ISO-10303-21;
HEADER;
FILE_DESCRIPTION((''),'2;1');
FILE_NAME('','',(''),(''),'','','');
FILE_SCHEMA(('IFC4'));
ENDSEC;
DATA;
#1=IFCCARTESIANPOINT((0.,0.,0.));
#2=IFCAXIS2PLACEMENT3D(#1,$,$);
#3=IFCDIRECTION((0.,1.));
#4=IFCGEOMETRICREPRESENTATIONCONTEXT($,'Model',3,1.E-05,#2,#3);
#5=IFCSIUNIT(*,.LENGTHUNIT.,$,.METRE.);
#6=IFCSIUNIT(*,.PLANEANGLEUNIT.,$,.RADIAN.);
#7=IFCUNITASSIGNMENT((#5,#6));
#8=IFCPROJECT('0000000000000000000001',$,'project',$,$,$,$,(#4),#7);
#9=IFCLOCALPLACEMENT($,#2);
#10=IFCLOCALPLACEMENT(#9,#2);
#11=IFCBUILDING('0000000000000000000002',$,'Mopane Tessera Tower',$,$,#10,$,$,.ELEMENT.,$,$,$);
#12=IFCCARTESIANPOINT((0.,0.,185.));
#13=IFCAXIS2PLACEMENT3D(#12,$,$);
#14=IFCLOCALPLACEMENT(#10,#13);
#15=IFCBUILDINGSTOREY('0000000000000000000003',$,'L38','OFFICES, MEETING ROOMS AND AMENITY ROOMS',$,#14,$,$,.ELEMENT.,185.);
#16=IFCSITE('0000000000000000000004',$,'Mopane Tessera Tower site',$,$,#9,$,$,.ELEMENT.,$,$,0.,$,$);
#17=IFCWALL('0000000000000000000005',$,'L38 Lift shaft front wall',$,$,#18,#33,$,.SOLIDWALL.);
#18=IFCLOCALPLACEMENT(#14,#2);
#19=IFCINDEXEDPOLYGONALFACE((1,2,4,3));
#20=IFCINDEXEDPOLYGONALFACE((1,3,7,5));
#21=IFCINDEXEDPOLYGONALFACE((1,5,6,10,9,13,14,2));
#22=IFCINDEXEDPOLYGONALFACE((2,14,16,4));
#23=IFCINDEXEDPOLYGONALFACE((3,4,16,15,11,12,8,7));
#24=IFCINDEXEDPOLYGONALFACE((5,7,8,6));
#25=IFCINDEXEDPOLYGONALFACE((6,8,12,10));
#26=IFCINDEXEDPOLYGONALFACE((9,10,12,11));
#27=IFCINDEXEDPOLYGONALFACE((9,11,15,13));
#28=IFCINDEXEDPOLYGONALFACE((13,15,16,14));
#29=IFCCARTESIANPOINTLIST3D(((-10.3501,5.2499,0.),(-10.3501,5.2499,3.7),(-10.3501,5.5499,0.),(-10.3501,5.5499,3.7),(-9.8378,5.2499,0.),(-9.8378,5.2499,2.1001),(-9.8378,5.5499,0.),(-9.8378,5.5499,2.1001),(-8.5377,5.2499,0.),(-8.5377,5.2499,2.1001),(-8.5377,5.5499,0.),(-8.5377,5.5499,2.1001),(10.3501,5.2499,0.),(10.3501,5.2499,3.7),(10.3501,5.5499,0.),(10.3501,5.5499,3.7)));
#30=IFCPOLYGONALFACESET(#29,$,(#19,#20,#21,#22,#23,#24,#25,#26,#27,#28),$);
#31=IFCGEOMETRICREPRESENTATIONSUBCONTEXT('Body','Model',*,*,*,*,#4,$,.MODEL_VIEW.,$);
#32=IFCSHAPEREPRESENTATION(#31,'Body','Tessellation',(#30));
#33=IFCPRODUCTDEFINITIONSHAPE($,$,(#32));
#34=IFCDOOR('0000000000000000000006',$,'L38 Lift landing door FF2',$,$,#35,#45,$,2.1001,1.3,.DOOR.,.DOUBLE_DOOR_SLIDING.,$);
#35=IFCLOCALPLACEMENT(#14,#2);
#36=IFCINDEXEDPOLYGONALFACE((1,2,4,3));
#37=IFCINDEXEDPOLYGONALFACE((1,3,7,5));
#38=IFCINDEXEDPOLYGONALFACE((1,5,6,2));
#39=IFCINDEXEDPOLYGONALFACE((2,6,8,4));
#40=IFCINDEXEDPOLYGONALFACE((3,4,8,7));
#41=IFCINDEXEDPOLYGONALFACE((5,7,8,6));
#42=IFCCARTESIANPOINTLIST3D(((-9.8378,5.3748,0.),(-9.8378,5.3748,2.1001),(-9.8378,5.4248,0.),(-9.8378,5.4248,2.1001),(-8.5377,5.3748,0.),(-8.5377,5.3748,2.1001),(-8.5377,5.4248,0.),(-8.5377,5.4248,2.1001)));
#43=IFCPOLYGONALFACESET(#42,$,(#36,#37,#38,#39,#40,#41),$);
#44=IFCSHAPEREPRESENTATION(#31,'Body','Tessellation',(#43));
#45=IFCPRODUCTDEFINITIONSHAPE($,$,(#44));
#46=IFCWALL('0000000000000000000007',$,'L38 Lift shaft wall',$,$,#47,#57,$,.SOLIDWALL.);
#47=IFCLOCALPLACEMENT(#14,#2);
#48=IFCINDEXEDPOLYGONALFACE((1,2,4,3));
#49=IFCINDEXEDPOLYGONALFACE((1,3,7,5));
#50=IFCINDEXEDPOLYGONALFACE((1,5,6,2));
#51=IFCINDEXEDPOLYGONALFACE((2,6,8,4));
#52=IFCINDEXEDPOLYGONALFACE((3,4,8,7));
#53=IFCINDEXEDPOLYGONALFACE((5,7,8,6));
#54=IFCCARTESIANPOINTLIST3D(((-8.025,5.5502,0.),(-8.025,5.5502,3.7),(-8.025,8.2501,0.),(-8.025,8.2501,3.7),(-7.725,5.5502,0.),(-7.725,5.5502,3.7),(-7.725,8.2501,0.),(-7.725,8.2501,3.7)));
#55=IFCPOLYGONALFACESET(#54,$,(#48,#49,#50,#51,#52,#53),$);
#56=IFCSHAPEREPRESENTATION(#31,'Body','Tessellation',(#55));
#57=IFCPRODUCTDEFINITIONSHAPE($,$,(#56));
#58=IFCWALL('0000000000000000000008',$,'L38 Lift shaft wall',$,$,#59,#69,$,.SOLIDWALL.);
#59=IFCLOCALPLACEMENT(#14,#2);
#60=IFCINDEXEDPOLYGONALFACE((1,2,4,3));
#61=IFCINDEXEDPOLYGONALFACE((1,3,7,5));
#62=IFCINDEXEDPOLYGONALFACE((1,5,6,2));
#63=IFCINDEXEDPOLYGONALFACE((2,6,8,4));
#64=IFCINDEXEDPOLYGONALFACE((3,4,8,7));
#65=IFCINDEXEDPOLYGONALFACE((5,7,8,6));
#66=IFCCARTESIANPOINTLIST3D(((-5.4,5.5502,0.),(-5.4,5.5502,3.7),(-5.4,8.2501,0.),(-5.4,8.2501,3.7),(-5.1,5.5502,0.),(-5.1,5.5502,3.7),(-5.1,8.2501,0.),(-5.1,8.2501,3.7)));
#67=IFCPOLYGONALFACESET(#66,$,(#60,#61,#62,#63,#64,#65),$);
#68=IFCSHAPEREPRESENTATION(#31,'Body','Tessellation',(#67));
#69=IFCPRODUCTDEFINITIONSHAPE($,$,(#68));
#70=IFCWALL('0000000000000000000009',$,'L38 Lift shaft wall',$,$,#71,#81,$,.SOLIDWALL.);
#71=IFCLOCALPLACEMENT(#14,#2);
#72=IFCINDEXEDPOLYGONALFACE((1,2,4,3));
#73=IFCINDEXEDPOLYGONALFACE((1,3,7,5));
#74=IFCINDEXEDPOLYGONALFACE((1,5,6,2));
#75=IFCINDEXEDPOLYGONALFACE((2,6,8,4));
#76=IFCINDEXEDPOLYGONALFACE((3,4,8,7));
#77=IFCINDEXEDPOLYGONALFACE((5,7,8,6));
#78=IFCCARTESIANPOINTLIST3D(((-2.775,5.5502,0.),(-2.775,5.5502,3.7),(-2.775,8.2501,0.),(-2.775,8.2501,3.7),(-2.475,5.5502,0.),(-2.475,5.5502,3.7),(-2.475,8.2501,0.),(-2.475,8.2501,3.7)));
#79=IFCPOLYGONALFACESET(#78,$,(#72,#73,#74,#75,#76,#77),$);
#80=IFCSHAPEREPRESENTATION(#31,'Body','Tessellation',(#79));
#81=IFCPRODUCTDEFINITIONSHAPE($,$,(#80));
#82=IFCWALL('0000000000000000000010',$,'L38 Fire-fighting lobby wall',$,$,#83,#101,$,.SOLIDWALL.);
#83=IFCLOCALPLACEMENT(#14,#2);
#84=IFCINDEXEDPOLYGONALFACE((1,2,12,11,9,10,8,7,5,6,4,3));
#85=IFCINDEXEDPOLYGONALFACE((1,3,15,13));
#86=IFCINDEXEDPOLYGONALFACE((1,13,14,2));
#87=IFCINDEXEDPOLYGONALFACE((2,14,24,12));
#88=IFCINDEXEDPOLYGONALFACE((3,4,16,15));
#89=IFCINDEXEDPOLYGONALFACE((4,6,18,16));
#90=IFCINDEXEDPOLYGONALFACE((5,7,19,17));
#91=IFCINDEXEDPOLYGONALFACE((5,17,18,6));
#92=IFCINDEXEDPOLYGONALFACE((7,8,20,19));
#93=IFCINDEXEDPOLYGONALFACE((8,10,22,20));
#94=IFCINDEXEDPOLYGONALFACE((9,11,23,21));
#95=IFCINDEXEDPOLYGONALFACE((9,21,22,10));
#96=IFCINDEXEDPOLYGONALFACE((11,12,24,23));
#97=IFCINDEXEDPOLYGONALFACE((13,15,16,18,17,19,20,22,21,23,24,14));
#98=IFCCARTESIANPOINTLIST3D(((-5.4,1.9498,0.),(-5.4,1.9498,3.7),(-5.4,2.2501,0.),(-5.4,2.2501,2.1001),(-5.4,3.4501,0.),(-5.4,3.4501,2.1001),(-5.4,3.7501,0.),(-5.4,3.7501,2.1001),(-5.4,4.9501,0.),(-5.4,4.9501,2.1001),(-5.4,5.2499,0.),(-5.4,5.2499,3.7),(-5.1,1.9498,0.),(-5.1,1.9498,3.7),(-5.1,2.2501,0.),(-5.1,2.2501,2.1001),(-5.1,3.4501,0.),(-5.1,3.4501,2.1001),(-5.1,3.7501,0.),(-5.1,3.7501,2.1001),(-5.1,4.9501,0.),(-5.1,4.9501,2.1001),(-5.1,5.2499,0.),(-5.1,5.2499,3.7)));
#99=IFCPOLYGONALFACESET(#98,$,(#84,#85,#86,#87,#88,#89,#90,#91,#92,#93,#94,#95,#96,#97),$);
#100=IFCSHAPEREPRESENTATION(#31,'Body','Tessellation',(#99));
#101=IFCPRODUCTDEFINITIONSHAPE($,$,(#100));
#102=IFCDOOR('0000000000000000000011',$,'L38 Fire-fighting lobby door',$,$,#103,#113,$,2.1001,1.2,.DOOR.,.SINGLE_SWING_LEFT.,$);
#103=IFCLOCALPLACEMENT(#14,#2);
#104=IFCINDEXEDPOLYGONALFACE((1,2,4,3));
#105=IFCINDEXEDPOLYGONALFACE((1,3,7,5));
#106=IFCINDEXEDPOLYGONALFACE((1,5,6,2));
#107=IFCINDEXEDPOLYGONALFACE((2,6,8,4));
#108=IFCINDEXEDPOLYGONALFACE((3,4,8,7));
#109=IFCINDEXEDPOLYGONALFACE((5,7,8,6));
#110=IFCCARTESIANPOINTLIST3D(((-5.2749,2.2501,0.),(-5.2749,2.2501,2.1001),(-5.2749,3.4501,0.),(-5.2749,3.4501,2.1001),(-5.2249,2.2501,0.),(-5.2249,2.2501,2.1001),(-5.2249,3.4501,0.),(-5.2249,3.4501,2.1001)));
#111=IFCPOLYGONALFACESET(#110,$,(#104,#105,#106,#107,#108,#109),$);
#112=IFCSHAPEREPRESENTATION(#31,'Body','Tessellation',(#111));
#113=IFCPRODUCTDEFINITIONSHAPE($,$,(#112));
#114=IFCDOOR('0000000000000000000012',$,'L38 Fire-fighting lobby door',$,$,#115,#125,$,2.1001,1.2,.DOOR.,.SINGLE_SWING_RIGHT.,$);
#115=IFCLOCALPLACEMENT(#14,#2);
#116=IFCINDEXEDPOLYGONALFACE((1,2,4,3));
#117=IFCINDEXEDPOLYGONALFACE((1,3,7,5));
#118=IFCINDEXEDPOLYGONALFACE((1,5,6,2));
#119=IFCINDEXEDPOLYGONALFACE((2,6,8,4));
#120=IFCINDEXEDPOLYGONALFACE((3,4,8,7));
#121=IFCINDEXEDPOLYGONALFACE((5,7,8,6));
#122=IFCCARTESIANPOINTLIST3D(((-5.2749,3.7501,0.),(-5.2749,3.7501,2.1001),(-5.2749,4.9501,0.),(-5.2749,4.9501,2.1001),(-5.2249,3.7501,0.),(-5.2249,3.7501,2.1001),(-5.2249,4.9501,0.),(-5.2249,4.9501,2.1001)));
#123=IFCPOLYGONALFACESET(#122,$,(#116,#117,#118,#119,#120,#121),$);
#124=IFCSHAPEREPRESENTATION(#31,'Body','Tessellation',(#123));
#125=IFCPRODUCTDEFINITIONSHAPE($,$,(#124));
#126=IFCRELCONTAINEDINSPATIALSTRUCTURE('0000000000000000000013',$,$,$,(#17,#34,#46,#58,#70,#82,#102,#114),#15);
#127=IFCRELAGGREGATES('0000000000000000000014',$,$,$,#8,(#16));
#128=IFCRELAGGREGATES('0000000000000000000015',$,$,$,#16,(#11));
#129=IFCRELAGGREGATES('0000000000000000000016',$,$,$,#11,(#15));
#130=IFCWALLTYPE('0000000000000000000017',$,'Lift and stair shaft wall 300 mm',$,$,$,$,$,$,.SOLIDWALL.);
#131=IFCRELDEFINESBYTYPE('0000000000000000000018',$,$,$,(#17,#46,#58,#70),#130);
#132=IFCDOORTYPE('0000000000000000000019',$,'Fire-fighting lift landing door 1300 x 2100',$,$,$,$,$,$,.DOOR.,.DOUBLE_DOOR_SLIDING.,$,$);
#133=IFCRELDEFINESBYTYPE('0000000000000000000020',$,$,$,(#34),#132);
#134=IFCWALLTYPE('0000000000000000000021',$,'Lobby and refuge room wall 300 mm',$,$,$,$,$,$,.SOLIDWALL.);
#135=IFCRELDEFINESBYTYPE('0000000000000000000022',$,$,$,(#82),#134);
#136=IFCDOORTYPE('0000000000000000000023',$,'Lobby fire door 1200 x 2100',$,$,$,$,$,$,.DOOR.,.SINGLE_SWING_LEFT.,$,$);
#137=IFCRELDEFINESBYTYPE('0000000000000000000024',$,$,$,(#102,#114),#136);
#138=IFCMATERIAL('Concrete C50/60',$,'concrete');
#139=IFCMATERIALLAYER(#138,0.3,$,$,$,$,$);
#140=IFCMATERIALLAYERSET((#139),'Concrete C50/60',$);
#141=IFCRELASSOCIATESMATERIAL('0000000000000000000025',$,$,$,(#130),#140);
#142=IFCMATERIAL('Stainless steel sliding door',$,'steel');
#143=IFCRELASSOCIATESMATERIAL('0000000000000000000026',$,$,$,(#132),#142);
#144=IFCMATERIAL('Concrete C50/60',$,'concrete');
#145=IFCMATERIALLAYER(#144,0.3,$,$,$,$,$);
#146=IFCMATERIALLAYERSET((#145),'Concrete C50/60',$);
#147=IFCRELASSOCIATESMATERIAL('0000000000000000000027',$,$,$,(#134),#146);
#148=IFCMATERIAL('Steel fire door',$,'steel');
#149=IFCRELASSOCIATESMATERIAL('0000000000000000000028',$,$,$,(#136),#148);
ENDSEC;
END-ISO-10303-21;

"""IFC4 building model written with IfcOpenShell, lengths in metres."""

from ifc_helpers import new_model, si_unit, direction, frame, frame_2d, origin, place, context, subcontext, project, spatial, rectangle, extrude, material, layer, layer_set, type_object, element, fill, save


model = new_model("IFC4")

# Units and contexts
model_context = context("Model", 3, precision=1e-05, world=origin(), true_north=direction((0.0, 1.0)))
body_context = subcontext(model_context, "Body", "Model", "MODEL_VIEW")
ifc_project = project(units=[si_unit("LENGTHUNIT", "METRE"), si_unit("PLANEANGLEUNIT", "RADIAN")], contexts=[model_context])

# Site, building, storey
site_placement = place(None, origin())
site = spatial("IfcSite", under=ifc_project, at=site_placement, Name="Mopane Tessera Tower site", CompositionType="ELEMENT", RefElevation=0.0)
building_placement = place(site_placement, origin())
building = spatial("IfcBuilding", under=site, at=building_placement, Name="Mopane Tessera Tower", CompositionType="ELEMENT")
storey_placement = place(building_placement, frame((0.0, 0.0, 185.0)))
storey = spatial("IfcBuildingStorey", under=building, at=storey_placement, Name="L38", Description="OFFICES, MEETING ROOMS AND AMENITY ROOMS", CompositionType="ELEMENT", Elevation=185.0)

# Shared definitions
ifc_material_1 = material(Name="Concrete C50/60", Category="concrete")
ifc_layer_1 = layer(ifc_material_1, 0.3)
ifc_layer_set_1 = layer_set([ifc_layer_1], Name="Concrete C50/60")
wall_type_1 = type_object("IfcWallType", Name="Lift and stair shaft wall 300 mm", PredefinedType="SOLIDWALL", material=ifc_layer_set_1)
ifc_material_2 = material(Name="Stainless steel sliding door", Category="steel")
door_type_1 = type_object("IfcDoorType", Name="Fire-fighting lift landing door 1300 x 2100", OperationType="DOUBLE_DOOR_SLIDING", PredefinedType="DOOR", material=ifc_material_2)

# Wall, opening, door
wall_1_placement = place(storey_placement, frame((-10.3501, 5.3999, 0.0), z_axis=(0.0, 0.0, 1.0), x_axis=(1.0, 0.0, 0.0)))
wall_1 = element("IfcWall", 1, at=wall_1_placement, inside=storey, type_object=wall_type_1, Name="L38 Lift shaft front wall", PredefinedType="SOLIDWALL", context=body_context, shape_type="SweptSolid", body=[
    extrude(rectangle(XDim=20.7002, YDim=0.3, at=frame_2d((10.3501, 0.0))), origin(), (0.0, 0.0, 1.0), 3.7),
])
opening_1_placement = place(wall_1_placement, frame((0.5125, 0.0, 0.0)))
opening_1 = element("IfcOpeningElement", 2, at=opening_1_placement, cuts=wall_1, PredefinedType="OPENING", context=body_context, shape_type="SweptSolid", body=[
    extrude(rectangle(XDim=1.3, YDim=2.1001, at=frame_2d((0.6499, 1.05))), frame((0.0, 0.1621, 0.0), z_axis=(0.0, -1.0, 0.0), x_axis=(1.0, 0.0, 0.0)), (0.0, 0.0, 1.0), 0.324),
])
door_1_placement = place(opening_1_placement, origin())
door_1 = element("IfcDoor", 3, at=door_1_placement, inside=storey, type_object=door_type_1, Name="L38 Lift landing door FF2", OperationType="DOUBLE_DOOR_SLIDING", OverallHeight=2.1001, OverallWidth=1.3, PredefinedType="DOOR", context=body_context, shape_type="SweptSolid", body=[
    extrude(rectangle(XDim=1.3, YDim=2.1001, at=frame_2d((0.6499, 1.05))), frame((0.0, 0.0249, 0.0), z_axis=(0.0, -1.0, 0.0), x_axis=(1.0, 0.0, 0.0)), (0.0, 0.0, 1.0), 0.05),
])
fill(opening_1, door_1)

# Walls
for number, where, z_axis, x_axis, name in (
    (4, (-7.875, 5.55, 0.0), (0.0, 0.0, 1.0), (0.0, 1.0, 0.0), "L38 Lift shaft wall"),
    (5, (-5.25, 5.55, 0.0), (0.0, 0.0, 1.0), (0.0, 1.0, 0.0), "L38 Lift shaft wall"),
    (6, (-2.625, 5.55, 0.0), (0.0, 0.0, 1.0), (0.0, 1.0, 0.0), "L38 Lift shaft wall"),
):
    element("IfcWall", number, at=place(storey_placement, frame(where, z_axis=z_axis, x_axis=x_axis)), inside=storey, type_object=wall_type_1, Name=name, PredefinedType="SOLIDWALL", context=body_context, shape_type="SweptSolid", body=[
        extrude(rectangle(XDim=2.7, YDim=0.3, at=frame_2d((1.3501, 0.0))), origin(), (0.0, 0.0, 1.0), 3.7),
    ])

# Wall, openings, doors
ifc_material_3 = material(Name="Concrete C50/60", Category="concrete")
ifc_layer_2 = layer(ifc_material_3, 0.3)
ifc_layer_set_2 = layer_set([ifc_layer_2], Name="Concrete C50/60")
wall_type_2 = type_object("IfcWallType", Name="Lobby and refuge room wall 300 mm", PredefinedType="SOLIDWALL", material=ifc_layer_set_2)
wall_2_placement = place(storey_placement, frame((-5.25, 1.95, 0.0), z_axis=(0.0, 0.0, 1.0), x_axis=(0.0, 1.0, 0.0)))
wall_2 = element("IfcWall", 7, at=wall_2_placement, inside=storey, type_object=wall_type_2, Name="L38 Fire-fighting lobby wall", PredefinedType="SOLIDWALL", context=body_context, shape_type="SweptSolid", body=[
    extrude(rectangle(XDim=3.3, YDim=0.3, at=frame_2d((1.6499, 0.0))), origin(), (0.0, 0.0, 1.0), 3.7),
])
opening_2_placement = place(wall_2_placement, frame((0.3, 0.0, 0.0)))
opening_2 = element("IfcOpeningElement", 8, at=opening_2_placement, cuts=wall_2, PredefinedType="OPENING", context=body_context, shape_type="SweptSolid", body=[
    extrude(rectangle(XDim=1.2, YDim=2.1001, at=frame_2d((0.6001, 1.05))), frame((0.0, 0.1621, 0.0), z_axis=(0.0, -1.0, 0.0), x_axis=(1.0, 0.0, 0.0)), (0.0, 0.0, 1.0), 0.324),
])
opening_3_placement = place(wall_2_placement, frame((1.8, 0.0, 0.0)))
opening_3 = element("IfcOpeningElement", 9, at=opening_3_placement, cuts=wall_2, PredefinedType="OPENING", context=body_context, shape_type="SweptSolid", body=[
    extrude(rectangle(XDim=1.2, YDim=2.1001, at=frame_2d((0.6001, 1.05))), frame((0.0, 0.1621, 0.0), z_axis=(0.0, -1.0, 0.0), x_axis=(1.0, 0.0, 0.0)), (0.0, 0.0, 1.0), 0.324),
])
ifc_material_4 = material(Name="Steel fire door", Category="steel")
door_type_2 = type_object("IfcDoorType", Name="Lobby fire door 1200 x 2100", OperationType="SINGLE_SWING_LEFT", PredefinedType="DOOR", material=ifc_material_4)
door_2_placement = place(opening_2_placement, origin())
door_2 = element("IfcDoor", 10, at=door_2_placement, inside=storey, type_object=door_type_2, Name="L38 Fire-fighting lobby door", OperationType="SINGLE_SWING_LEFT", OverallHeight=2.1001, OverallWidth=1.2, PredefinedType="DOOR", context=body_context, shape_type="SweptSolid", body=[
    extrude(rectangle(XDim=1.2, YDim=2.1001, at=frame_2d((0.6001, 1.05))), frame((0.0, 0.0249, 0.0), z_axis=(0.0, -1.0, 0.0), x_axis=(1.0, 0.0, 0.0)), (0.0, 0.0, 1.0), 0.05),
])
fill(opening_2, door_2)
door_3_placement = place(opening_3_placement, origin())
door_3 = element("IfcDoor", 11, at=door_3_placement, inside=storey, type_object=door_type_2, Name="L38 Fire-fighting lobby door", OperationType="SINGLE_SWING_RIGHT", OverallHeight=2.1001, OverallWidth=1.2, PredefinedType="DOOR", context=body_context, shape_type="SweptSolid", body=[
    extrude(rectangle(XDim=1.2, YDim=2.1001, at=frame_2d((0.6001, 1.05))), frame((0.0, 0.0249, 0.0), z_axis=(0.0, -1.0, 0.0), x_axis=(1.0, 0.0, 0.0)), (0.0, 0.0, 1.0), 0.05),
])
fill(opening_3, door_3)

save(model, "model.ifc")
